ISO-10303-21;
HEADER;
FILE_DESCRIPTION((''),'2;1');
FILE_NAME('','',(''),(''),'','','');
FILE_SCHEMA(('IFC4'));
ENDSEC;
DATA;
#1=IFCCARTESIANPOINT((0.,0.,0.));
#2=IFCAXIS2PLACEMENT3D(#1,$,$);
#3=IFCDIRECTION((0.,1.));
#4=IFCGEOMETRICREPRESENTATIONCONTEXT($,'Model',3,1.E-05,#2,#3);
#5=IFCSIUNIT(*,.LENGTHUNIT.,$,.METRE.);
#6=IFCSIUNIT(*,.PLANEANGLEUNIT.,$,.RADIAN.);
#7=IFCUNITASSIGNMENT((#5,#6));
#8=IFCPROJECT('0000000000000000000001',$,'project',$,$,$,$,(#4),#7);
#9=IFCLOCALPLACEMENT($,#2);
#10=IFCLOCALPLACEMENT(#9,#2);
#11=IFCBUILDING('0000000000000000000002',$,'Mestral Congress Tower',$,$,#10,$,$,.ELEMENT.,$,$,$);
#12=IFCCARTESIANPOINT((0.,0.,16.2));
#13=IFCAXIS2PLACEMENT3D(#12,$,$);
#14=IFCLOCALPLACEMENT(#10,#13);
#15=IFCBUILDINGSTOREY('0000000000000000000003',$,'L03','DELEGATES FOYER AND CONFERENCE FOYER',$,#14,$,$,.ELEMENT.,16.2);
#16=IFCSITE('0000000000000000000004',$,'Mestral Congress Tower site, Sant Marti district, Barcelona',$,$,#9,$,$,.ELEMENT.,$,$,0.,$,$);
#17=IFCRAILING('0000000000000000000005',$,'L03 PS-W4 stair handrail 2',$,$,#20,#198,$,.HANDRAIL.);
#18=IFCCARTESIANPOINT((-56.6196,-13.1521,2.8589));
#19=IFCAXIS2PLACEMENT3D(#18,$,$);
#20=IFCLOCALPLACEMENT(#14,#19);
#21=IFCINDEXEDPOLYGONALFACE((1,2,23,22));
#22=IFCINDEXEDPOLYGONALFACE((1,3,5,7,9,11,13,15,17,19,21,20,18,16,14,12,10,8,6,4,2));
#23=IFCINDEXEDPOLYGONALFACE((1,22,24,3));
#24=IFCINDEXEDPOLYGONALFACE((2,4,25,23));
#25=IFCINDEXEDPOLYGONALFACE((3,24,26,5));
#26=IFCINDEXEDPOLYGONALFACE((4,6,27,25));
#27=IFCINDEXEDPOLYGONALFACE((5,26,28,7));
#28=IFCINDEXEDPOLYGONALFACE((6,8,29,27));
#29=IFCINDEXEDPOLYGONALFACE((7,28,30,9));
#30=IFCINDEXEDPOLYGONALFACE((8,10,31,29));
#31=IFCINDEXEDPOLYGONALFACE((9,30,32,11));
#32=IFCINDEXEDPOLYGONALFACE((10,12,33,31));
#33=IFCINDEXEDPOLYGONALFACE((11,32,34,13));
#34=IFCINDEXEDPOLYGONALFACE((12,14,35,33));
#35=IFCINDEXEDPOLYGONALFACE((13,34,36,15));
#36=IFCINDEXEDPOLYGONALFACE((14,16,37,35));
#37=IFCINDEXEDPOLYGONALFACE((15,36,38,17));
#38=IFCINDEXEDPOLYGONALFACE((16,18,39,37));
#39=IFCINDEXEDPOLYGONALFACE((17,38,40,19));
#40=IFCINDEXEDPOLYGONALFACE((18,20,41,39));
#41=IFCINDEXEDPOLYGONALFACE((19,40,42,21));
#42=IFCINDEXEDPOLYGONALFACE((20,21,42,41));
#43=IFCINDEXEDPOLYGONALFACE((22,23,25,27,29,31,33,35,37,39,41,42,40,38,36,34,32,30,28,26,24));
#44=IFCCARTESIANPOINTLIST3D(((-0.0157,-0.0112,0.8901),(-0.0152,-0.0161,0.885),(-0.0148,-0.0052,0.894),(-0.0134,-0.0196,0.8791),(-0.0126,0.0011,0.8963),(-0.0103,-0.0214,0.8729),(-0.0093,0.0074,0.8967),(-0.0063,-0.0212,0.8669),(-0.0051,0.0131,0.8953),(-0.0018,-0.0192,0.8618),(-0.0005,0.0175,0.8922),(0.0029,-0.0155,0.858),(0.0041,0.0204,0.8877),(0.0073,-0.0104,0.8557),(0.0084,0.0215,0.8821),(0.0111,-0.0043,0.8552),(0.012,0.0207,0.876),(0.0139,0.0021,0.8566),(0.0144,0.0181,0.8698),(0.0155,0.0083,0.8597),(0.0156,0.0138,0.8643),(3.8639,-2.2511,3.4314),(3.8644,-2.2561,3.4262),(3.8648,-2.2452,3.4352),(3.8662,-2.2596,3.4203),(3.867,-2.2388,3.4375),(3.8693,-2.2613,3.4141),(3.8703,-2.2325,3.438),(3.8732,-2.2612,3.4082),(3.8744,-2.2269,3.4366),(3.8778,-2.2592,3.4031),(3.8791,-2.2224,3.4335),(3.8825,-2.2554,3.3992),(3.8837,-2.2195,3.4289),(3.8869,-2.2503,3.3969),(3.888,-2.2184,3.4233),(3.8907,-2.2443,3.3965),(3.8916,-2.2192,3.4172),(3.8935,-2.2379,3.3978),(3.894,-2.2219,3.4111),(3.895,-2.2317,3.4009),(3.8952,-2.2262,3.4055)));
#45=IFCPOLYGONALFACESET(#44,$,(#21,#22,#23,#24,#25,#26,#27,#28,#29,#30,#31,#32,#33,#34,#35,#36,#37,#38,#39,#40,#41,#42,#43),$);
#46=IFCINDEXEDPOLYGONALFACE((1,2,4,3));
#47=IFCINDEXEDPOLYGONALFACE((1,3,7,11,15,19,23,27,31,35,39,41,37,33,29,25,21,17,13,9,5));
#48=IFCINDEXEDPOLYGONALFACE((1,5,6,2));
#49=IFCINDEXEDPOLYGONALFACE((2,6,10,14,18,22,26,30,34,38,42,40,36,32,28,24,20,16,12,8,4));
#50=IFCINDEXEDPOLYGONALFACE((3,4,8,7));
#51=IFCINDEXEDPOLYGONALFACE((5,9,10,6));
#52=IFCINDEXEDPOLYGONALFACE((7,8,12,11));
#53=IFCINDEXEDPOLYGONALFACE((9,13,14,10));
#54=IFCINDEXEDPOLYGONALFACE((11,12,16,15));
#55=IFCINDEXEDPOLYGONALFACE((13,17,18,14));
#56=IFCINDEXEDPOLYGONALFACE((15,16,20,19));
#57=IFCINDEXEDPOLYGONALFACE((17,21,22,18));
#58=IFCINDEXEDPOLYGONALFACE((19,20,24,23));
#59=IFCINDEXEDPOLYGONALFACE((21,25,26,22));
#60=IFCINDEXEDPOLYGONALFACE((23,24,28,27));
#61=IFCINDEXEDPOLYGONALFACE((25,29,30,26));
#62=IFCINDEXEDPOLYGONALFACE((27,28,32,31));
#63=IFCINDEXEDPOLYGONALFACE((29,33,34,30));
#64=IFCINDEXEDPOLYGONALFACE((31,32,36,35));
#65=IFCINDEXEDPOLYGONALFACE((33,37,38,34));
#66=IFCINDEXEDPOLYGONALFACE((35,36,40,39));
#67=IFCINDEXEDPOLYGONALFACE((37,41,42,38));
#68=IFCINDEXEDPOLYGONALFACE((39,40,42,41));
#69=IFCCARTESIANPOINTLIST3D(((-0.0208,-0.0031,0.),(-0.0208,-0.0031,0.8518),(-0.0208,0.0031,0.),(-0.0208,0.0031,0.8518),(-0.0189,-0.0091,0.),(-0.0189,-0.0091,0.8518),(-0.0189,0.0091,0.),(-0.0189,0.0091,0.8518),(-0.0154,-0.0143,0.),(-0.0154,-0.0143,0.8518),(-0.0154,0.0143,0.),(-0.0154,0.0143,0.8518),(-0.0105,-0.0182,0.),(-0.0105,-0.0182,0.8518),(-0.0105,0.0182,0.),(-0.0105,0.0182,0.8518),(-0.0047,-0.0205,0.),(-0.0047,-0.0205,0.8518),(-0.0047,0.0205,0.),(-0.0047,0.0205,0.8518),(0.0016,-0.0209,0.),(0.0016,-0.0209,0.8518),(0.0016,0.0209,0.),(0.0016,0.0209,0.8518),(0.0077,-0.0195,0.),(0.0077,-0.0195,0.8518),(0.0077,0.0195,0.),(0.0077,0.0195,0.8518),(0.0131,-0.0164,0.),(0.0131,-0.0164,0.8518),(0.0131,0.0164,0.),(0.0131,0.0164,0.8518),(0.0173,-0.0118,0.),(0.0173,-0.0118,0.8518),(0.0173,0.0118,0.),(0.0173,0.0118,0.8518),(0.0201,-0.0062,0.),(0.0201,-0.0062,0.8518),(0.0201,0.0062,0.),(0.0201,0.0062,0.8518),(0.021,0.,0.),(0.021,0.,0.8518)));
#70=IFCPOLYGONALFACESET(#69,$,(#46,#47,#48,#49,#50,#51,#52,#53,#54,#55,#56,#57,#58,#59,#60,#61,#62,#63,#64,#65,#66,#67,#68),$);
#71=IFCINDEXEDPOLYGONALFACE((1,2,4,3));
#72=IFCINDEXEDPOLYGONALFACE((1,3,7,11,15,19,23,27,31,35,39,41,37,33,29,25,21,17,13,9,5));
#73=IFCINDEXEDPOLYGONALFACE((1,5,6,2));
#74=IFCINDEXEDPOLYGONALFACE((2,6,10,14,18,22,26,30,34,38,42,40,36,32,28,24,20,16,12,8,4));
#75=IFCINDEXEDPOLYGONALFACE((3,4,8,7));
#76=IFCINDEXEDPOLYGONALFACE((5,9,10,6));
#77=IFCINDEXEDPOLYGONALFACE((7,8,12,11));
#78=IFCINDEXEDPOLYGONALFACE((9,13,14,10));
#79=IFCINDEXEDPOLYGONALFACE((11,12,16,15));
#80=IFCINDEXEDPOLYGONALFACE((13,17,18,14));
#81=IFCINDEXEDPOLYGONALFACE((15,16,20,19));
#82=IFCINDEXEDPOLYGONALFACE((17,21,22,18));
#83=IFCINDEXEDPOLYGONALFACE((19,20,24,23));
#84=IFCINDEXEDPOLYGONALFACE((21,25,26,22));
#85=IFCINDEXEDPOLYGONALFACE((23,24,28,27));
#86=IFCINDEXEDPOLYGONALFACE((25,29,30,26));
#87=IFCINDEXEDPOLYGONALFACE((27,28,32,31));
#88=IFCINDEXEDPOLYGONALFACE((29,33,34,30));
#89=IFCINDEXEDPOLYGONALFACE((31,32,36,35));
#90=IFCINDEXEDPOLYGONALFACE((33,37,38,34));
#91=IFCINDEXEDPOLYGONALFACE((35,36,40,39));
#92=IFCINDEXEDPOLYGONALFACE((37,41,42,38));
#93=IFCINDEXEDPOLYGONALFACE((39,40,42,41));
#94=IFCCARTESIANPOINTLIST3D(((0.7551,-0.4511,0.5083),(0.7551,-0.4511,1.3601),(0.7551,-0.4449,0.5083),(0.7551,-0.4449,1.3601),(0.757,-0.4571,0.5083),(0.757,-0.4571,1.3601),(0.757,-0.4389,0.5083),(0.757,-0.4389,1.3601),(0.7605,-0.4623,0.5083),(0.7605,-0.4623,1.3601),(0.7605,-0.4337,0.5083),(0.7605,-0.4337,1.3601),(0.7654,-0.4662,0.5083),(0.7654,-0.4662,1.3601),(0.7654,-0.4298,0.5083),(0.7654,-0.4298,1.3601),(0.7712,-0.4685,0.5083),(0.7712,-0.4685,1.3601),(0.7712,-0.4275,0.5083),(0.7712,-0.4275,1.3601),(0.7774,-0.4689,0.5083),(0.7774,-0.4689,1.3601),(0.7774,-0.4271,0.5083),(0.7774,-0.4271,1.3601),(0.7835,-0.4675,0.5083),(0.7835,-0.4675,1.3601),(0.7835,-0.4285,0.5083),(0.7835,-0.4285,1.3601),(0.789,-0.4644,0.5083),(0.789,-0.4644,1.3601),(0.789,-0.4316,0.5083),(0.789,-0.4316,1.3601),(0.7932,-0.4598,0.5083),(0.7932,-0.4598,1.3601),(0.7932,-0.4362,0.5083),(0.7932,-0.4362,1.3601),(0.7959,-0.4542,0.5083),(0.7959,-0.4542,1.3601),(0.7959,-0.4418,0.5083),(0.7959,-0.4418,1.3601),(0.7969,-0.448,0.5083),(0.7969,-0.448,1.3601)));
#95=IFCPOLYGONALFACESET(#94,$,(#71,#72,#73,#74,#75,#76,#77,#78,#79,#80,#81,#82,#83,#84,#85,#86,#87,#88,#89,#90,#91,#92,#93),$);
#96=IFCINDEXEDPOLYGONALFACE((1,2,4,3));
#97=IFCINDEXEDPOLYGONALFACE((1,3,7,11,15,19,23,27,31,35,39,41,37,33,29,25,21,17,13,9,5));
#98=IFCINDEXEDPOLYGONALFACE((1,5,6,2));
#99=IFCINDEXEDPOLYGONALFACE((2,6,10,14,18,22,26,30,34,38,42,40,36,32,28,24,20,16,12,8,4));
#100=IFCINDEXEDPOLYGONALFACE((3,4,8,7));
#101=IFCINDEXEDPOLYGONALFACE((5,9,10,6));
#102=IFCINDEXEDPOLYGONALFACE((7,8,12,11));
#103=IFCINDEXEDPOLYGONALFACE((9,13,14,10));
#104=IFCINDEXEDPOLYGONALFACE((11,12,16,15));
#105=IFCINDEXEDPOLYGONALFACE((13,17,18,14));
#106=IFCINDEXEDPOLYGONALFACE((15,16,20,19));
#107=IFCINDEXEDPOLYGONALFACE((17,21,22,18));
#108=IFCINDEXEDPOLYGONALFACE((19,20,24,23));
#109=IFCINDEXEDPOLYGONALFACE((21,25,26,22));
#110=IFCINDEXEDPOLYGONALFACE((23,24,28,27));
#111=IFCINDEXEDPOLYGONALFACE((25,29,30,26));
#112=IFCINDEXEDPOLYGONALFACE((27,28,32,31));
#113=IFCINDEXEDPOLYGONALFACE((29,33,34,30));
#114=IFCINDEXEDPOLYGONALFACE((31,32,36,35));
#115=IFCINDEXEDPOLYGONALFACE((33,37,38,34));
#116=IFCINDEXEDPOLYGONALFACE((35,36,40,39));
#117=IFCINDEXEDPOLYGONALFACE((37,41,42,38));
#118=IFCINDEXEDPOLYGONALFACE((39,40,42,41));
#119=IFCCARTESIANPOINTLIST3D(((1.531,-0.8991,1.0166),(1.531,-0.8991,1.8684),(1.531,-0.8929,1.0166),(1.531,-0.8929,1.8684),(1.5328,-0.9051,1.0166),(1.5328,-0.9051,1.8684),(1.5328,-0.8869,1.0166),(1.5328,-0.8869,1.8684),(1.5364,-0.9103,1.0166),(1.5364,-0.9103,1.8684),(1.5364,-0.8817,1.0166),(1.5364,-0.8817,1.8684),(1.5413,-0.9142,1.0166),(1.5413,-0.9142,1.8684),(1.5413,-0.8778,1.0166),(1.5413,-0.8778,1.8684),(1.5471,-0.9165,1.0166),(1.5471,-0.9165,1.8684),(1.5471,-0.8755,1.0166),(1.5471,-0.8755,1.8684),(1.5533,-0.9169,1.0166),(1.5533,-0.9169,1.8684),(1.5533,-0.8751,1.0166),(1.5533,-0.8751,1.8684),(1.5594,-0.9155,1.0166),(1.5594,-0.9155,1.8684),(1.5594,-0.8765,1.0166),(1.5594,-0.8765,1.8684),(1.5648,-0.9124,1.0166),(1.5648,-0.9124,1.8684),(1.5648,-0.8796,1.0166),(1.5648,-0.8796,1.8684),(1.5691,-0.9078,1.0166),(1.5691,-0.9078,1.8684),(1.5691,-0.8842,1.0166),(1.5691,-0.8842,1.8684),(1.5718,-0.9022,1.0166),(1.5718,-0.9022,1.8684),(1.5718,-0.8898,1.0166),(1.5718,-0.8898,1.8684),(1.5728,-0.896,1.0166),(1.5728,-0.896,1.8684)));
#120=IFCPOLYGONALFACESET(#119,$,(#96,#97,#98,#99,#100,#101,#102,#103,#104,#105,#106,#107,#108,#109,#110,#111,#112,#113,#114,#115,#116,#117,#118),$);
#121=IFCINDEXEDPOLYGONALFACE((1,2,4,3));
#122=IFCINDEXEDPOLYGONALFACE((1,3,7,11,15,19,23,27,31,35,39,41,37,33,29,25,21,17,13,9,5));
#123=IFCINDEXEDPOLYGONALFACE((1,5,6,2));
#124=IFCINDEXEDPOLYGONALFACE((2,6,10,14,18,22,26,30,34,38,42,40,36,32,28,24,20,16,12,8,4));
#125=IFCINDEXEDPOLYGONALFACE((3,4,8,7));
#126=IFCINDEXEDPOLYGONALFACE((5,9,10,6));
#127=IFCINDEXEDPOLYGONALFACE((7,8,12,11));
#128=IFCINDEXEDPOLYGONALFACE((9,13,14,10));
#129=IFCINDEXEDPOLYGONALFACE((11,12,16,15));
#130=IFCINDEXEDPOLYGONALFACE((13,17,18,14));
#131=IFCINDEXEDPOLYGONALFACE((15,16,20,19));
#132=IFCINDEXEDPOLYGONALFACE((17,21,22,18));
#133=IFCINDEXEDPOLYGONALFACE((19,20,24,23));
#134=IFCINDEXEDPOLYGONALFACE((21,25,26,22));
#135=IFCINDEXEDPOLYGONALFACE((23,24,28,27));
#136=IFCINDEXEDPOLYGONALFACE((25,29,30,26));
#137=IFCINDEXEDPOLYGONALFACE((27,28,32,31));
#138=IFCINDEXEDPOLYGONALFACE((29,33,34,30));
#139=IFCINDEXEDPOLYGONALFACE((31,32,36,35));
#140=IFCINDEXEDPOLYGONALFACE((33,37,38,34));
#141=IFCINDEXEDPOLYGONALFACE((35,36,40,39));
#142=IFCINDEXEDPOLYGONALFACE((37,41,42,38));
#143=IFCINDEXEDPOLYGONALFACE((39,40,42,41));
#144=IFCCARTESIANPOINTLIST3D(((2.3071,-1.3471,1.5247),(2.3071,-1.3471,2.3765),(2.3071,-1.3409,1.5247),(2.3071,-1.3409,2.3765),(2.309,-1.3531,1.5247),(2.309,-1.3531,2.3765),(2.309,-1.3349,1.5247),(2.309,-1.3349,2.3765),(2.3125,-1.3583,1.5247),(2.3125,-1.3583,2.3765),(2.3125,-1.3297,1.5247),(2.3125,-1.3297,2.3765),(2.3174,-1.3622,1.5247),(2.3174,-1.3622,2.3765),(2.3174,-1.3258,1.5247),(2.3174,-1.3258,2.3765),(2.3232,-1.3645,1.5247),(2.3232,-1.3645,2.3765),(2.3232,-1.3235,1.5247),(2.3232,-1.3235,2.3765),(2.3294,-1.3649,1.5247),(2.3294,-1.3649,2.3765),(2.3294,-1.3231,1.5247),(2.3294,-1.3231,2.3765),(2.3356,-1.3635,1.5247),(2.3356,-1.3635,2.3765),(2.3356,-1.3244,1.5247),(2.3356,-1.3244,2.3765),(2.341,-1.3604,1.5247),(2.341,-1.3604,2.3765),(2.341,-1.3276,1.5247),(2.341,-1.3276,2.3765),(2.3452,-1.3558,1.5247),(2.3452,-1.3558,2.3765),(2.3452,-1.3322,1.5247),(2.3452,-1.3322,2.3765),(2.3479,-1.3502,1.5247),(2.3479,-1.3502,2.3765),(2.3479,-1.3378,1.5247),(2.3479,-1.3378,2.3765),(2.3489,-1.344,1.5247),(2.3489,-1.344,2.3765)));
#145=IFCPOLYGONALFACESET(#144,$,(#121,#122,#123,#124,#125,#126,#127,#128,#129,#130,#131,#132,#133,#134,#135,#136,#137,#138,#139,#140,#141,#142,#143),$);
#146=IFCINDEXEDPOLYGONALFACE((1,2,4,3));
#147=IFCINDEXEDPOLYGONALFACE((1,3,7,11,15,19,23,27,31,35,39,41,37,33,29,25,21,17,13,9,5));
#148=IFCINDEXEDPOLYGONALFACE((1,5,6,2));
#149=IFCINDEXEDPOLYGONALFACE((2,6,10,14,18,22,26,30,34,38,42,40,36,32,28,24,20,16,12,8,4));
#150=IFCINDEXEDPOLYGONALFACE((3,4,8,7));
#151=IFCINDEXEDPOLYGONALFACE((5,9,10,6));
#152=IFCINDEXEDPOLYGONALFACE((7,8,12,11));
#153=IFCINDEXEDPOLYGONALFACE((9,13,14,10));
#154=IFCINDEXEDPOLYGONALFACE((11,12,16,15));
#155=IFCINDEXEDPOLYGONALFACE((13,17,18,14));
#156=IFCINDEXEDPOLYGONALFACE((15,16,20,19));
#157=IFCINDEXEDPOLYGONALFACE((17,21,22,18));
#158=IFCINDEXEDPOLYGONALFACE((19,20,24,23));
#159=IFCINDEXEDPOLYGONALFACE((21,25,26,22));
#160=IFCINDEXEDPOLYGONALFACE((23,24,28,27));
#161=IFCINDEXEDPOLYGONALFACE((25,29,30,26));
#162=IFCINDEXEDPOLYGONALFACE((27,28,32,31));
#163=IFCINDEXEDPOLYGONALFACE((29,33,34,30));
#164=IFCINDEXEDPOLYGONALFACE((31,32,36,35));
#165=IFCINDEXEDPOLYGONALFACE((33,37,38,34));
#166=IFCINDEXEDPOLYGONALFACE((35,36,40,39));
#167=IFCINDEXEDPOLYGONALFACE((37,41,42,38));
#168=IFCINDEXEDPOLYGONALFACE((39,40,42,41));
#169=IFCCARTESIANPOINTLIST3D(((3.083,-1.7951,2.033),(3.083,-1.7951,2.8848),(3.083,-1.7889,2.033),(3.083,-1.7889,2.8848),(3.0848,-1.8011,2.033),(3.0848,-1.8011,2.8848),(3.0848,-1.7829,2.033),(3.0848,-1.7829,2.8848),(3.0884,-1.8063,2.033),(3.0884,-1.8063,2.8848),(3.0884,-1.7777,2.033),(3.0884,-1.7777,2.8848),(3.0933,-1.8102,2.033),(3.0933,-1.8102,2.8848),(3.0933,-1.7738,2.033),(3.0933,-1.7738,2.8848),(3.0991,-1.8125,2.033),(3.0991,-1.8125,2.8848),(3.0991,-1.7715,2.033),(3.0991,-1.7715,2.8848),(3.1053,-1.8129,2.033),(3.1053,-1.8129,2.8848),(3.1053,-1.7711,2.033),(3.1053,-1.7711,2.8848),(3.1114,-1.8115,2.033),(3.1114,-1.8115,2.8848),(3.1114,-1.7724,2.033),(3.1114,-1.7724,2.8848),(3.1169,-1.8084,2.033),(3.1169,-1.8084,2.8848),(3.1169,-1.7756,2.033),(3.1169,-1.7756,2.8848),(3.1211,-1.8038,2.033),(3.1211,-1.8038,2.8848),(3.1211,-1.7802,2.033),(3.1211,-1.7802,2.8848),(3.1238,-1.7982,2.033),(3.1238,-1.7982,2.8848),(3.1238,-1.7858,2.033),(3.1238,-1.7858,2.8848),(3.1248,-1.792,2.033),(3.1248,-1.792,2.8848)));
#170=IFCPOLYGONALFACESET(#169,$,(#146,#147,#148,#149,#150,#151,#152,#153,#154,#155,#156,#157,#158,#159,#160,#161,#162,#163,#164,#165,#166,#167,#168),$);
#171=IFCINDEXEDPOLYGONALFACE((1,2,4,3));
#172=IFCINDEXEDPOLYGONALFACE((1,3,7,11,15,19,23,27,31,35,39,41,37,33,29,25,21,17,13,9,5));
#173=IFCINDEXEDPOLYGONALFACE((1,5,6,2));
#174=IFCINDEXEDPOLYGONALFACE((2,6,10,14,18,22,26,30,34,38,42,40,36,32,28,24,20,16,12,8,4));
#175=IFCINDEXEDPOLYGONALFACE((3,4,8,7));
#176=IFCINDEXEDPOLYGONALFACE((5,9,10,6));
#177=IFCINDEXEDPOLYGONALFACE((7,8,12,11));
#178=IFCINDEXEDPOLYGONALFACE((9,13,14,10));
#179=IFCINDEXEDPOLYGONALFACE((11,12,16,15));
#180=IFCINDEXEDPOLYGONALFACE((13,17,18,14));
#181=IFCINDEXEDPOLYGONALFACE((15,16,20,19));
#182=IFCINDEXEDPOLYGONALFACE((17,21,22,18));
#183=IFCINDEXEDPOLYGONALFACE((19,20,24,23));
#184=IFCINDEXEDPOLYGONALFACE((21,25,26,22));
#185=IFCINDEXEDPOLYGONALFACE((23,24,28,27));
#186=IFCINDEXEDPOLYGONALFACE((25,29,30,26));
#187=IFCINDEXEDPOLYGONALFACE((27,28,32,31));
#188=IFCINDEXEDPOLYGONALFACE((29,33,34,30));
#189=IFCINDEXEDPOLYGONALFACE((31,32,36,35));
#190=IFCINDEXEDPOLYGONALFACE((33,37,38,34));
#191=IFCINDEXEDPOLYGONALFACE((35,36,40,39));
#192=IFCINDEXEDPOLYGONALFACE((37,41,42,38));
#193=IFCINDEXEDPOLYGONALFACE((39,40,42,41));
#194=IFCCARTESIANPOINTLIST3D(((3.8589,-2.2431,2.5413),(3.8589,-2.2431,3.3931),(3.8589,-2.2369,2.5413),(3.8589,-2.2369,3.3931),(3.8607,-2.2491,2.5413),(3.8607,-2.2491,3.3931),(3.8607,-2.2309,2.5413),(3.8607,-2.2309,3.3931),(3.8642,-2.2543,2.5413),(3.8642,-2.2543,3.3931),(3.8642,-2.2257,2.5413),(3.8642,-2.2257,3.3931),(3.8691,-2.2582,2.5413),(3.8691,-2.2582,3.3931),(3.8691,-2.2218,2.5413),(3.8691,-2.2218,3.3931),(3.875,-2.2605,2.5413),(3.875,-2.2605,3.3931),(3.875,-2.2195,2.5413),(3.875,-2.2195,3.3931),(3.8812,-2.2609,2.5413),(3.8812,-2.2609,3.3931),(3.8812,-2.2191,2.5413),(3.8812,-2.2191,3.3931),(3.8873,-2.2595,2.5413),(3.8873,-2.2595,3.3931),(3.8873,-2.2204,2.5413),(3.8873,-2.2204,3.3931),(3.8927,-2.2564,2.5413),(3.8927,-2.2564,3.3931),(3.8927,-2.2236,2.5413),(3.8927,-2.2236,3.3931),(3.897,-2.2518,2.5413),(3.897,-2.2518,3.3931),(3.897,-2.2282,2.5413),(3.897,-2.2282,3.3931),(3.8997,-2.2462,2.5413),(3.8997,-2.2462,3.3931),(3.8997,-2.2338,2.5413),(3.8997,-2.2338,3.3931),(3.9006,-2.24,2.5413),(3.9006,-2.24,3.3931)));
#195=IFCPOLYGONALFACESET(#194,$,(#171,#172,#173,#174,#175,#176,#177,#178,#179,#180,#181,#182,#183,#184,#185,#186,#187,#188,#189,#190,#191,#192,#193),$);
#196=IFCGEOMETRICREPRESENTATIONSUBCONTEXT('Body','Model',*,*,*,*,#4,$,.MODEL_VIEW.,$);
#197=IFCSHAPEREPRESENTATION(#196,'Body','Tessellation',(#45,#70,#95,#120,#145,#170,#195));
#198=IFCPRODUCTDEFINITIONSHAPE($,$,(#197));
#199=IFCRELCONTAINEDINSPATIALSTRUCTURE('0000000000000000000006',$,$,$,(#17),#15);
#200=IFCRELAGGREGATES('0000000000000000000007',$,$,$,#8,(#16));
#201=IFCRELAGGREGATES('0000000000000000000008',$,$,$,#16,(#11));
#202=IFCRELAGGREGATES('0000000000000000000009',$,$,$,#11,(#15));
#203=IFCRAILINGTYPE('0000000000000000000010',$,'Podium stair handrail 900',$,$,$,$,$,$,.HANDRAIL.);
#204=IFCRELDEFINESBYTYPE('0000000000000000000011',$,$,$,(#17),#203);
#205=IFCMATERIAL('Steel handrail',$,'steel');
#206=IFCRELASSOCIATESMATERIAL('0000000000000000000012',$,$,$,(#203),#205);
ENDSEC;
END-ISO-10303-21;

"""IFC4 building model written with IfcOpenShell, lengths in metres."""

from ifc_helpers import new_model, si_unit, direction, frame, origin, origin_2d, place, context, subcontext, project, spatial, circle, extrude, material, type_object, element, save


model = new_model("IFC4")

# Units and contexts
model_context = context("Model", 3, precision=1e-05, world=origin(), true_north=direction((0.0, 1.0)))
body_context = subcontext(model_context, "Body", "Model", "MODEL_VIEW")
ifc_project = project(units=[si_unit("LENGTHUNIT", "METRE"), si_unit("PLANEANGLEUNIT", "RADIAN")], contexts=[model_context])

# Site, building, storey
site_placement = place(None, origin())
site = spatial("IfcSite", under=ifc_project, at=site_placement, Name="Mestral Congress Tower site, Sant Marti district, Barcelona", CompositionType="ELEMENT", RefElevation=0.0)
building_placement = place(site_placement, origin())
building = spatial("IfcBuilding", under=site, at=building_placement, Name="Mestral Congress Tower", CompositionType="ELEMENT")
storey_placement = place(building_placement, frame((0.0, 0.0, 16.2)))
storey = spatial("IfcBuildingStorey", under=building, at=storey_placement, Name="L03", Description="DELEGATES FOYER AND CONFERENCE FOYER", CompositionType="ELEMENT", Elevation=16.2)

# Railing
ifc_material_1 = material(Name="Steel handrail", Category="steel")
railing_type_1 = type_object("IfcRailingType", Name="Podium stair handrail 900", PredefinedType="HANDRAIL", material=ifc_material_1)
railing_1_placement = place(storey_placement, frame((-56.6196, -13.1521, 2.8589)))
element("IfcRailing", 1, at=railing_1_placement, inside=storey, type_object=railing_type_1, Name="L03 PS-W4 stair handrail 2", PredefinedType="HANDRAIL", context=body_context, shape_type="SweptSolid", body=[
    extrude(circle(Radius=0.0239, at=origin_2d()), frame((0.0, 0.0, 0.876), z_axis=(0.753262, -0.434911, 0.493405), x_axis=(0.500013, 0.866018, 0.0)), (0.0, 0.0, 1.0), 5.1504),
    extrude(circle(Radius=0.021, at=origin_2d()), origin(), (0.0, 0.0, 1.0), 0.8518),
    extrude(circle(Radius=0.021, at=origin_2d()), frame((0.7759, -0.448, 0.5083)), (0.0, 0.0, 1.0), 0.8518),
    extrude(circle(Radius=0.021, at=origin_2d()), frame((1.5518, -0.896, 1.0166)), (0.0, 0.0, 1.0), 0.8518),
    extrude(circle(Radius=0.021, at=origin_2d()), frame((2.3279, -1.344, 1.5247)), (0.0, 0.0, 1.0), 0.8518),
    extrude(circle(Radius=0.021, at=origin_2d()), frame((3.1038, -1.792, 2.033)), (0.0, 0.0, 1.0), 0.8518),
    extrude(circle(Radius=0.021, at=origin_2d()), frame((3.8796, -2.24, 2.5413)), (0.0, 0.0, 1.0), 0.8518),
])

save(model, "model.ifc")
